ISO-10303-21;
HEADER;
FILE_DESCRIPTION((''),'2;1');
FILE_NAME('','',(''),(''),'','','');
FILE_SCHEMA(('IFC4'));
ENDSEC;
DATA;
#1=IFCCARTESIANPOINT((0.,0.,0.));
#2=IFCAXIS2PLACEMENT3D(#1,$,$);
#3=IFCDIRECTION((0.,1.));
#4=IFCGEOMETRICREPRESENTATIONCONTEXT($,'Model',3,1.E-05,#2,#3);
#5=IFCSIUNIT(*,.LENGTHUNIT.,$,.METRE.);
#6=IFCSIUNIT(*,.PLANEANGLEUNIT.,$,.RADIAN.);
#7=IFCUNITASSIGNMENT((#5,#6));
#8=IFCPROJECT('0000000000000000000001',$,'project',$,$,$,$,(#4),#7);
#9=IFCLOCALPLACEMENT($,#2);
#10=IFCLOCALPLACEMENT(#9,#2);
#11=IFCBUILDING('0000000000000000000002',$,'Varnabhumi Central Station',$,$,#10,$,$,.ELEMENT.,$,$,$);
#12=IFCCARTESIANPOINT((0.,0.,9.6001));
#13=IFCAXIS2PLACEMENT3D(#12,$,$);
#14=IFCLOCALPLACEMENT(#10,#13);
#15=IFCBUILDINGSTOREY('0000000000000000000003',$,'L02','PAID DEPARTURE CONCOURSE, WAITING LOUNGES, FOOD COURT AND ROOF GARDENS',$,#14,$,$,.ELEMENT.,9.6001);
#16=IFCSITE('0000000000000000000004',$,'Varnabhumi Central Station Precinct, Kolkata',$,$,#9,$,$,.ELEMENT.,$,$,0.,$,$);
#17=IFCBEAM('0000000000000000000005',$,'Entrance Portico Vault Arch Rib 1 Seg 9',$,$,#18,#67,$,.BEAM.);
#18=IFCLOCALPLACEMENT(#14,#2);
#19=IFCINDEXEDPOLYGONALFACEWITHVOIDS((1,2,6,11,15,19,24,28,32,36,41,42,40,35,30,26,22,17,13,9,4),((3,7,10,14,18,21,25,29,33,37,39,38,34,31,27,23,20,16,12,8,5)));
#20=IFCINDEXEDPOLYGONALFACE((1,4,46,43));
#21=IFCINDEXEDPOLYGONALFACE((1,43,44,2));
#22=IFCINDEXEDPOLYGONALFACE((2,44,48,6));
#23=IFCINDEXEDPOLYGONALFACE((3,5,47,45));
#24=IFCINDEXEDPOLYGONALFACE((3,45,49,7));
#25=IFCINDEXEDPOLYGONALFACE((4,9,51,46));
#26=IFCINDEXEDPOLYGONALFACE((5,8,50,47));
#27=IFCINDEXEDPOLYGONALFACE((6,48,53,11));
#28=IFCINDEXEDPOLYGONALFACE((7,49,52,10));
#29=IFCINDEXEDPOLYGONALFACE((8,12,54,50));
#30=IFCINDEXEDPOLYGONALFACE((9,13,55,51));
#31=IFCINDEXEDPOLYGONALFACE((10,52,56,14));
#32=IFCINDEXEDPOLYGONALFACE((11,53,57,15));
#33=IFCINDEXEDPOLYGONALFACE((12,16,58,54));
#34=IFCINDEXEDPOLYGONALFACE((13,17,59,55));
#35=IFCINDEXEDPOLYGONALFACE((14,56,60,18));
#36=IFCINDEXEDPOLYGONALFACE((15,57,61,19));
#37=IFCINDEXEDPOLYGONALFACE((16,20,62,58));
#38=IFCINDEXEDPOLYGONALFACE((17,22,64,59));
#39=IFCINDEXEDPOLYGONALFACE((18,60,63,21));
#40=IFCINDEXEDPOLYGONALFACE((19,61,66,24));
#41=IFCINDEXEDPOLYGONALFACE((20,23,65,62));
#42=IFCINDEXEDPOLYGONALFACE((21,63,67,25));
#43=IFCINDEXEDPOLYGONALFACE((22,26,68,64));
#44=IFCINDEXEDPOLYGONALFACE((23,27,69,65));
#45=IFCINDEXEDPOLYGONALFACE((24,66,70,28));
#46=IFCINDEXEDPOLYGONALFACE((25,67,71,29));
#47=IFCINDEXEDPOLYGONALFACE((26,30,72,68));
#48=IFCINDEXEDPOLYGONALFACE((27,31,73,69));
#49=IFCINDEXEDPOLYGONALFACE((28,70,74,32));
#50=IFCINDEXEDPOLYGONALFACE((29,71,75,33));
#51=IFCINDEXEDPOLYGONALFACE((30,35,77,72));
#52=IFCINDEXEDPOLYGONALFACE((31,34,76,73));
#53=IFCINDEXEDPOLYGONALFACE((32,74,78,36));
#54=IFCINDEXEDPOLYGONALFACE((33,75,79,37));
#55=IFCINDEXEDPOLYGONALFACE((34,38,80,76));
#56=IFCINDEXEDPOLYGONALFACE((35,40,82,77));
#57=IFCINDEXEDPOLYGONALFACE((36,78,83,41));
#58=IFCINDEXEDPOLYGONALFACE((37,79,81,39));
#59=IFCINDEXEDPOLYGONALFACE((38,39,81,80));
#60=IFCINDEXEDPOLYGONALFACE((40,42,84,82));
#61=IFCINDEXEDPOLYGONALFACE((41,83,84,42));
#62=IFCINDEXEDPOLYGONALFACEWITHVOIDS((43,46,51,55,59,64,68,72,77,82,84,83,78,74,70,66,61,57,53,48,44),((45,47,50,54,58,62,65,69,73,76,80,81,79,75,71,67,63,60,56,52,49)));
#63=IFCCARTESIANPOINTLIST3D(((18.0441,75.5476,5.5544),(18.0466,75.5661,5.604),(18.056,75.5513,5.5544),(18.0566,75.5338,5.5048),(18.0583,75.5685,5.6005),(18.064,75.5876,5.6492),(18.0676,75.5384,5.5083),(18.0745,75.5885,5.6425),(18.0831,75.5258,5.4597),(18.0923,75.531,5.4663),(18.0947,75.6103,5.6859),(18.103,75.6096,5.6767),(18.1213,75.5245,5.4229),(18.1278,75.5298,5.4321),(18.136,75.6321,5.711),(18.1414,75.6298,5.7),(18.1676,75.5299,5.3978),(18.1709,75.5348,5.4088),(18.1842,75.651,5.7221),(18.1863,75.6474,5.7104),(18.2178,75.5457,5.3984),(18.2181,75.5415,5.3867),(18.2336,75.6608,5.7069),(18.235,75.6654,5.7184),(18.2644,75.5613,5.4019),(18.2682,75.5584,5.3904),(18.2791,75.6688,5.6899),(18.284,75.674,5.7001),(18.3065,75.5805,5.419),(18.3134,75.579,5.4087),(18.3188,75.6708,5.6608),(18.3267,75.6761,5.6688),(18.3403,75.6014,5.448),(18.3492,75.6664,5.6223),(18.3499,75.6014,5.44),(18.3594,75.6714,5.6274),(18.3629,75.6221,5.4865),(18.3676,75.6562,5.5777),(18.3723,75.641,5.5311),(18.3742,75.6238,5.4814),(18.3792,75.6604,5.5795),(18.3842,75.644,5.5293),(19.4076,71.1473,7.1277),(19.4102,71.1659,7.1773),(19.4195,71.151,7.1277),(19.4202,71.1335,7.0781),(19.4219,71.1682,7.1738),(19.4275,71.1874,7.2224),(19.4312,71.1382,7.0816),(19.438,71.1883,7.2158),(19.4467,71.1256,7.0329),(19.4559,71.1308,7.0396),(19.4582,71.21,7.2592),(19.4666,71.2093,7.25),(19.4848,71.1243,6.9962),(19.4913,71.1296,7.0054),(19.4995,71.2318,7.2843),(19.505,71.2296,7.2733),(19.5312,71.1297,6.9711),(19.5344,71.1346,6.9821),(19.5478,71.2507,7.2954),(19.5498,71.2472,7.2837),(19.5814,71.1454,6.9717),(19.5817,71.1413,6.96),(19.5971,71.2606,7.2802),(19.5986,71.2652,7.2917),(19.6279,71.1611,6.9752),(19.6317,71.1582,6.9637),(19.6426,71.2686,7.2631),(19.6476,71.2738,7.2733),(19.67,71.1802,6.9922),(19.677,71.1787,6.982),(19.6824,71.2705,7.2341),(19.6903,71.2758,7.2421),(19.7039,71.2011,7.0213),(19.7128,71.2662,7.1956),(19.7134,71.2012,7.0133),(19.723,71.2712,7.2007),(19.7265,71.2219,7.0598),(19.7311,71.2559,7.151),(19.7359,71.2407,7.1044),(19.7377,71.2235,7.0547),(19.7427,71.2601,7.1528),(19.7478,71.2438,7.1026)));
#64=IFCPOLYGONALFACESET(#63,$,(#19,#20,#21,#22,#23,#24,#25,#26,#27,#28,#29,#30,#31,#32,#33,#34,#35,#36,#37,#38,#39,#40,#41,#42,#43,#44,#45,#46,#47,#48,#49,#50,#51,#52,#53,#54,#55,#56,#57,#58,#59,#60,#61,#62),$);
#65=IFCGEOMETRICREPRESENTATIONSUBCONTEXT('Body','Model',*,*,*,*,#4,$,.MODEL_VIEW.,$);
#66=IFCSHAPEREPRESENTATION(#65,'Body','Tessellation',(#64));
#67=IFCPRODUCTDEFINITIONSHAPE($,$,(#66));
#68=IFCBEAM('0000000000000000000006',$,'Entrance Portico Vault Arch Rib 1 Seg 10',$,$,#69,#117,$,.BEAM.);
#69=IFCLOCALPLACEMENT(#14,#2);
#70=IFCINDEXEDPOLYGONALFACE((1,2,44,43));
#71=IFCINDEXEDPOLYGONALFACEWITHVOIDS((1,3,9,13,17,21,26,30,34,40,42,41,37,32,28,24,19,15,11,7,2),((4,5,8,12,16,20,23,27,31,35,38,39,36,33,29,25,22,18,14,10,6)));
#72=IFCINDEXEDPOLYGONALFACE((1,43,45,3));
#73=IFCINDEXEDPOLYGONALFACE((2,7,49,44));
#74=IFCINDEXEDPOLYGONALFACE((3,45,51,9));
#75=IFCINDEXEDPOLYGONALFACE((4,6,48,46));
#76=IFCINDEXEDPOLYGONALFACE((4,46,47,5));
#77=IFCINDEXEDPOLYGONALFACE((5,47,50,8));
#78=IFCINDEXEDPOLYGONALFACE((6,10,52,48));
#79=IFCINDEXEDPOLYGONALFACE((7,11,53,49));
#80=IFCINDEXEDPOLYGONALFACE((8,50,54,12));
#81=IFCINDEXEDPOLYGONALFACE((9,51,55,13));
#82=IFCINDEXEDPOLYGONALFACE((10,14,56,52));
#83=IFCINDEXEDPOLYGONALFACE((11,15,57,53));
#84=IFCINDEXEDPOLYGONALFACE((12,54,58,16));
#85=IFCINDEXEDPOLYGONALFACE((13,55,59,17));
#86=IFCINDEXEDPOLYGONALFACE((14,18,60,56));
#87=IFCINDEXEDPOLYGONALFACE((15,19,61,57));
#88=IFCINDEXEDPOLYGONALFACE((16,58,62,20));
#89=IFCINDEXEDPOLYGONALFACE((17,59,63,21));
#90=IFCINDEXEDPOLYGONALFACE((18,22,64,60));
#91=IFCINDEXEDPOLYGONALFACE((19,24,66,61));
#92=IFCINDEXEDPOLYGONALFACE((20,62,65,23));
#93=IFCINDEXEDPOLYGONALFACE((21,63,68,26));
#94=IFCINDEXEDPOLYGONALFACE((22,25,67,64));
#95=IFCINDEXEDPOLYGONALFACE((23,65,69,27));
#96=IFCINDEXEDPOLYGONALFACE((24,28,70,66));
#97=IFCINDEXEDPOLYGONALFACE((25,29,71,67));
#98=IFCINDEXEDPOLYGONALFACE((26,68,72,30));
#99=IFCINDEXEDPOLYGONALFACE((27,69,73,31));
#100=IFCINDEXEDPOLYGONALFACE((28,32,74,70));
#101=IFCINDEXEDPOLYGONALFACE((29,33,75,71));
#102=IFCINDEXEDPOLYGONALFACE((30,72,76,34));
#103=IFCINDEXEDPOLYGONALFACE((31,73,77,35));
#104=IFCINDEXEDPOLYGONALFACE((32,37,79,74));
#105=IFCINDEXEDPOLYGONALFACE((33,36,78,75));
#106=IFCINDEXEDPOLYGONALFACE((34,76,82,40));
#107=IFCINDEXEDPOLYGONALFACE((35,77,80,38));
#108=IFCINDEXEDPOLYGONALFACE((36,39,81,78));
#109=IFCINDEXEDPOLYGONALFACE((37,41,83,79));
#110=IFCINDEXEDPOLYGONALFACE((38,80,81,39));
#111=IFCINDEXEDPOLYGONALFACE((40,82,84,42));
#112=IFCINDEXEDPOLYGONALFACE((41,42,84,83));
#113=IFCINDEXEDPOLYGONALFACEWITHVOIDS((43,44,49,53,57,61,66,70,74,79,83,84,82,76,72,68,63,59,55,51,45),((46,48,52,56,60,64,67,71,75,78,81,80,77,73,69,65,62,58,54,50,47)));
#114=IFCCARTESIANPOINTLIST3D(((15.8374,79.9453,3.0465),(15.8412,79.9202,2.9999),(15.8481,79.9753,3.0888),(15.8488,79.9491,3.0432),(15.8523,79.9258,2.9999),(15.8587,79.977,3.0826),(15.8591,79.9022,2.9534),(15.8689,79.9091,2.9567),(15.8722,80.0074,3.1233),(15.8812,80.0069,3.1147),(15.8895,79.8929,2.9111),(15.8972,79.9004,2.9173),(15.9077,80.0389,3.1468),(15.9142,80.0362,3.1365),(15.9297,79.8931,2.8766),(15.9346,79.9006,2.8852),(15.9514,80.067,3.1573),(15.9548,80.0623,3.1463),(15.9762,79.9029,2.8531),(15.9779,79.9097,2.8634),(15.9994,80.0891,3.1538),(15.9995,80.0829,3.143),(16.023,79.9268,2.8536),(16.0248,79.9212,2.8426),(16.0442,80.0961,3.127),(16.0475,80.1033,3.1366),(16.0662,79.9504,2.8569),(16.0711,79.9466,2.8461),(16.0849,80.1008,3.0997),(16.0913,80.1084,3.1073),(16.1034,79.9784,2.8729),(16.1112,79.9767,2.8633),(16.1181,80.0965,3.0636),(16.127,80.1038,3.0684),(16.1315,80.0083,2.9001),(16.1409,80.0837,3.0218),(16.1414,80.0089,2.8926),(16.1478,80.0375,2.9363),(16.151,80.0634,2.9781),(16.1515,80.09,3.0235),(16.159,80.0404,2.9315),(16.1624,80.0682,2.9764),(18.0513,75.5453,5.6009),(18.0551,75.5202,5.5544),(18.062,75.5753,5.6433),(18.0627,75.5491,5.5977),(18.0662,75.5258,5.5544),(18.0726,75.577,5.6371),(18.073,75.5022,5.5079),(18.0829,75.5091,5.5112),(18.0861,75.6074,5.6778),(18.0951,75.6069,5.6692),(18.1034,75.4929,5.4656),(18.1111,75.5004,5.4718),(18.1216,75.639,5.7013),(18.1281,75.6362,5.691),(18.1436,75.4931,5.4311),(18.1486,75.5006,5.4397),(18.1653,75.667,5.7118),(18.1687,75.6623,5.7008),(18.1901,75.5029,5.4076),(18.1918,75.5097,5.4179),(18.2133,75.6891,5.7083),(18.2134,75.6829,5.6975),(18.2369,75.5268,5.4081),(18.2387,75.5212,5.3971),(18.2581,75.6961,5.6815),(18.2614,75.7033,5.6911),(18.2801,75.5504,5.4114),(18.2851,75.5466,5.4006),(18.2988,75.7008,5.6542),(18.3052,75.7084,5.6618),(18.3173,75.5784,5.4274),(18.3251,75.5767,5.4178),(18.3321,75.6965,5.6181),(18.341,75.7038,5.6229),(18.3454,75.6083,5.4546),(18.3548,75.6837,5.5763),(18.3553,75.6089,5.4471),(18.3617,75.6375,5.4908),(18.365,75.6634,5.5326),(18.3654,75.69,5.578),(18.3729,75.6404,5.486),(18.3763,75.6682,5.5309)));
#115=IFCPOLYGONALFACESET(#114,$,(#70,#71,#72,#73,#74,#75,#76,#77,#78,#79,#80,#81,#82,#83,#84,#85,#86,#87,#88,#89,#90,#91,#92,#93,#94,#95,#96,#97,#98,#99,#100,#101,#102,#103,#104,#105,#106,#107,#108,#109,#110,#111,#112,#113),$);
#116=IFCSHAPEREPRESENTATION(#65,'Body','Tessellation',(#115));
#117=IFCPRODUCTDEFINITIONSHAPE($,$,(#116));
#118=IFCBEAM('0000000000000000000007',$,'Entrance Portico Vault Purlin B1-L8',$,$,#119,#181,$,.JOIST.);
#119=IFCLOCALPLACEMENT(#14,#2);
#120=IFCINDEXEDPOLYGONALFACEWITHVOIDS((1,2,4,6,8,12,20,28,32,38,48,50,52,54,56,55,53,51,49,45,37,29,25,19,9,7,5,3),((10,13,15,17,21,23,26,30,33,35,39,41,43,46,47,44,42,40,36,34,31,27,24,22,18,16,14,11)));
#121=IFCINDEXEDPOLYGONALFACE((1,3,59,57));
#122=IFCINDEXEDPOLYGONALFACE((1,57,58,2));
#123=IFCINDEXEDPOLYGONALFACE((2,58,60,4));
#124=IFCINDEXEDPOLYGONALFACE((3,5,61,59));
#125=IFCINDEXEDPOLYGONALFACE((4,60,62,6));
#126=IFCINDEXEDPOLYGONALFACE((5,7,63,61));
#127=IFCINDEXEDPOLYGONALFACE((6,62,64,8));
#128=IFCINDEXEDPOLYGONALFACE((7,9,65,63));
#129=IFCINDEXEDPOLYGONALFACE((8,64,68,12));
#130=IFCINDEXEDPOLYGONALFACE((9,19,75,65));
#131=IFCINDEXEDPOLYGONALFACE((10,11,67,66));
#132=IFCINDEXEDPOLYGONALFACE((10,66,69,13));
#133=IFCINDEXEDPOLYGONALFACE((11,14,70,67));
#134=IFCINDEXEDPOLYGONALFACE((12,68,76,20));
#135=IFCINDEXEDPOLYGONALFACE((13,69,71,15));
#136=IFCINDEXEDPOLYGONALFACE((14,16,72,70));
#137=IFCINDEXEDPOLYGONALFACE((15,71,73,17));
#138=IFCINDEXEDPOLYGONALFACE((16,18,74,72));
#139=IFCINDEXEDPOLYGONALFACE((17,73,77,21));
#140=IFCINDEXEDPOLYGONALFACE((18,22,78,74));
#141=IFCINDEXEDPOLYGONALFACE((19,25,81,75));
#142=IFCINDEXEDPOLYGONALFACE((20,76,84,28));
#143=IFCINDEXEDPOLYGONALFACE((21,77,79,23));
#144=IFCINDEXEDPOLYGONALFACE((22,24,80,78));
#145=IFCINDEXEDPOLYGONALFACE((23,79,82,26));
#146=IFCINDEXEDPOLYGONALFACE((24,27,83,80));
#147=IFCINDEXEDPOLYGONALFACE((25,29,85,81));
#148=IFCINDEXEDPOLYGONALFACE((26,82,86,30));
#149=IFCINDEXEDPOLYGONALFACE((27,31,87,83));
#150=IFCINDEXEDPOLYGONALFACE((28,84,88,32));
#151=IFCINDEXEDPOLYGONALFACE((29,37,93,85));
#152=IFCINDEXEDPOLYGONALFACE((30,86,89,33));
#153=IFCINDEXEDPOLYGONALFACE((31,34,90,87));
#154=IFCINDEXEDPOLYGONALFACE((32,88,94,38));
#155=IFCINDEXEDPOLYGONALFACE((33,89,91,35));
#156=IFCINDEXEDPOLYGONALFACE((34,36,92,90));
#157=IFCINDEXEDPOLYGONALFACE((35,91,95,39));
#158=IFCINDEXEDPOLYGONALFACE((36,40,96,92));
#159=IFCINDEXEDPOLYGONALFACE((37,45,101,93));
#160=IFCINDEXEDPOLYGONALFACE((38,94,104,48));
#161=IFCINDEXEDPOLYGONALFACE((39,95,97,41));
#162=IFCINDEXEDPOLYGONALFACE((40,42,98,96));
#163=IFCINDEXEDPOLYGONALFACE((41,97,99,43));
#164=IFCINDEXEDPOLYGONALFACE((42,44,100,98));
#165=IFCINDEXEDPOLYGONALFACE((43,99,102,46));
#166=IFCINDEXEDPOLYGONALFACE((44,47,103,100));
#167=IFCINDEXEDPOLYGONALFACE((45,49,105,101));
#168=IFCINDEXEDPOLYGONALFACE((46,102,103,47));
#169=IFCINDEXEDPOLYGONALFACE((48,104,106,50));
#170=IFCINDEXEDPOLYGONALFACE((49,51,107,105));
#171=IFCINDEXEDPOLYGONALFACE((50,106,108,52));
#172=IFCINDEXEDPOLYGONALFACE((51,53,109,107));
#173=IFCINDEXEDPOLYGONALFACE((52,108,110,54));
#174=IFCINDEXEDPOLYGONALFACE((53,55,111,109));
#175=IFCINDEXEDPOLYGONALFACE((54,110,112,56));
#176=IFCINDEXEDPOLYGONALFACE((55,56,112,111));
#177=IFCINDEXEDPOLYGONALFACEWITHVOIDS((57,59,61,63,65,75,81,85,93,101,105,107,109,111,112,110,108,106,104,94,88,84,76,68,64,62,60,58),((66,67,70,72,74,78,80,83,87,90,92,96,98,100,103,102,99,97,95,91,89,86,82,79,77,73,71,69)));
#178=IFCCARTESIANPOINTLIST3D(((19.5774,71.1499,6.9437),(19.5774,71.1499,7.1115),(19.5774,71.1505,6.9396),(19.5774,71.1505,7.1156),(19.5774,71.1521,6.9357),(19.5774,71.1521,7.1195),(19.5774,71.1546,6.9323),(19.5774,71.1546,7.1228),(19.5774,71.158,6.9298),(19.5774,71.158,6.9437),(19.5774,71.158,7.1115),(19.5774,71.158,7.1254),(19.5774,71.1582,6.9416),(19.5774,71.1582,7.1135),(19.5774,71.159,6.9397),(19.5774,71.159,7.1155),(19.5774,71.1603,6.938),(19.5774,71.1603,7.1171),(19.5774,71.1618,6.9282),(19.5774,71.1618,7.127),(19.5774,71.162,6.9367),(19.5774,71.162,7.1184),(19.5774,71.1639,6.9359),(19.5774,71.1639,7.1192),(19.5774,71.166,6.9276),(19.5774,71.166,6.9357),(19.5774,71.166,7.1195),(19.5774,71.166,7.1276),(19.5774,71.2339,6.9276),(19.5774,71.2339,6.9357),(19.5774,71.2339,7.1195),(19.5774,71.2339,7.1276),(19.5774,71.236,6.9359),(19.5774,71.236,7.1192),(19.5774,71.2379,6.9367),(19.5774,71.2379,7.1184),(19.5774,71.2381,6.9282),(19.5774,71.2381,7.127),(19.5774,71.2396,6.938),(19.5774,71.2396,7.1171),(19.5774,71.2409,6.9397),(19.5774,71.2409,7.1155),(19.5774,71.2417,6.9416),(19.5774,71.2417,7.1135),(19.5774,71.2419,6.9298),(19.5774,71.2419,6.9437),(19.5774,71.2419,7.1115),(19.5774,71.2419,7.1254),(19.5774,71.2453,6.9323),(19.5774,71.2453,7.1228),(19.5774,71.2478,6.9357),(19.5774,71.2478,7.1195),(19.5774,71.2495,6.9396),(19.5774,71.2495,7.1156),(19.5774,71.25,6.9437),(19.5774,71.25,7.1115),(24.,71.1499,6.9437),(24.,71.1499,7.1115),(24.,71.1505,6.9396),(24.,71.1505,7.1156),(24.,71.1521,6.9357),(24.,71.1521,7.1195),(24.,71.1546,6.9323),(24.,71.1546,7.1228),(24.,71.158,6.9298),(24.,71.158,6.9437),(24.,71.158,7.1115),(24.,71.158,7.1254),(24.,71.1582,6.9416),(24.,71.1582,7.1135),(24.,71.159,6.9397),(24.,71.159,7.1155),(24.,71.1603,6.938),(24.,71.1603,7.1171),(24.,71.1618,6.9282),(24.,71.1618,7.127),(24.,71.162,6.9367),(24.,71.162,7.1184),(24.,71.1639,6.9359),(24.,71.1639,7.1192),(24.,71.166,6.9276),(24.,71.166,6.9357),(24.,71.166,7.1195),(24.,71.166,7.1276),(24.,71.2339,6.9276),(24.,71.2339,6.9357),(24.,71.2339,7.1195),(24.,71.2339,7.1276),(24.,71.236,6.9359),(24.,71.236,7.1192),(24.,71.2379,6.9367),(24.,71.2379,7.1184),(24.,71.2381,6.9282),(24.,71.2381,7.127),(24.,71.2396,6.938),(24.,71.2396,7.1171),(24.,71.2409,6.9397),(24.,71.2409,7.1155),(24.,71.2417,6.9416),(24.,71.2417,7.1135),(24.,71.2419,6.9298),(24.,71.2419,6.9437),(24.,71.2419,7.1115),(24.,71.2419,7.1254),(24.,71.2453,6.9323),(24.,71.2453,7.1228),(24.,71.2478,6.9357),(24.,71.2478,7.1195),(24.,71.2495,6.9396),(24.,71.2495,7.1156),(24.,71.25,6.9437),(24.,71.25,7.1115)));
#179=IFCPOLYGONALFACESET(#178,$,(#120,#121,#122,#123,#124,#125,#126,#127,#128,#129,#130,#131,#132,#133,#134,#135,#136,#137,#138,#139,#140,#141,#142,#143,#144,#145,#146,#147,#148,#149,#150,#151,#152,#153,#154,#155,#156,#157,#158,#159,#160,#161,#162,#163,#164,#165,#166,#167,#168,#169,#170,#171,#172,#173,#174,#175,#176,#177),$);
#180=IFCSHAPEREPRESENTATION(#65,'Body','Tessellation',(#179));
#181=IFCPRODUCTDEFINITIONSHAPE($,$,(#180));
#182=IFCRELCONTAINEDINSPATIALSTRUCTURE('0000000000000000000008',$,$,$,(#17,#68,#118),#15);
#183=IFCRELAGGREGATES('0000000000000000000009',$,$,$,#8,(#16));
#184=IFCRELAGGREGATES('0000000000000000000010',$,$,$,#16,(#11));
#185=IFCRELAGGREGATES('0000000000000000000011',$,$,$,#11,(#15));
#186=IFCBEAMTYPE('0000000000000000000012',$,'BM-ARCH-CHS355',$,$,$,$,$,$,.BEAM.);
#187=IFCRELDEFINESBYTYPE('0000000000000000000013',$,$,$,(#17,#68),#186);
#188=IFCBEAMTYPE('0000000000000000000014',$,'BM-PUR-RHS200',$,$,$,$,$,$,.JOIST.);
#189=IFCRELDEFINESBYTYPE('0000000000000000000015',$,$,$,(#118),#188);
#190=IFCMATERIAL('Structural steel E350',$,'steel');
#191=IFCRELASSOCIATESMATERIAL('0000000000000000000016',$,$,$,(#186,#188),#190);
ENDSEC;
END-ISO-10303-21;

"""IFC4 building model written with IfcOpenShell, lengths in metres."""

from ifc_helpers import new_model, si_unit, direction, frame, origin, origin_2d, place, context, subcontext, project, spatial, hollow_rectangle, hollow_circle, extrude, material, material_profile, profile_set, type_object, element, save


model = new_model("IFC4")

# Units and contexts
model_context = context("Model", 3, precision=1e-05, world=origin(), true_north=direction((0.0, 1.0)))
body_context = subcontext(model_context, "Body", "Model", "MODEL_VIEW")
ifc_project = project(units=[si_unit("LENGTHUNIT", "METRE"), si_unit("PLANEANGLEUNIT", "RADIAN")], contexts=[model_context])

# Site, building, storey
site_placement = place(None, origin())
site = spatial("IfcSite", under=ifc_project, at=site_placement, Name="Varnabhumi Central Station Precinct, Kolkata", CompositionType="ELEMENT", RefElevation=0.0)
building_placement = place(site_placement, origin())
building = spatial("IfcBuilding", under=site, at=building_placement, Name="Varnabhumi Central Station", CompositionType="ELEMENT")
storey_placement = place(building_placement, frame((0.0, 0.0, 9.6001)))
storey = spatial("IfcBuildingStorey", under=building, at=storey_placement, Name="L02", Description="PAID DEPARTURE CONCOURSE, WAITING LOUNGES, FOOD COURT AND ROOF GARDENS", CompositionType="ELEMENT", Elevation=9.6001)

# Beams
ifc_material_1 = material(Name="Structural steel E350", Category="steel")
ifc_material_profile_1 = material_profile(ifc_material_1, hollow_circle(Radius=0.1777, WallThickness=0.0125, at=origin_2d()), Name="Structural steel E350", Category="steel")
ifc_profile_set_1 = profile_set([ifc_material_profile_1], Name="Structural steel E350")
beam_type_1 = type_object("IfcBeamType", Name="BM-ARCH-CHS355", PredefinedType="BEAM", material=ifc_profile_set_1)
beam_1_placement = place(storey_placement, frame((19.5774, 71.2, 7.1277), z_axis=(-0.280111, 0.903927, -0.323193), x_axis=(-0.955189, -0.295996, 0.0)))
element("IfcBeam", 1, at=beam_1_placement, inside=storey, type_object=beam_type_1, Name="Entrance Portico Vault Arch Rib 1 Seg 9", PredefinedType="BEAM", context=body_context, shape_type="SweptSolid", body=[
    extrude(hollow_circle(Radius=0.1777, WallThickness=0.0125, at=origin_2d()), origin(), (0.0, 0.0, 1.0), 4.8679),
])
beam_2_placement = place(storey_placement, frame((18.2139, 75.6001, 5.5544), z_axis=(-0.399005, 0.792994, -0.460387), x_axis=(-0.893294, -0.449472, 0.0)))
element("IfcBeam", 2, at=beam_2_placement, inside=storey, type_object=beam_type_1, Name="Entrance Portico Vault Arch Rib 1 Seg 10", PredefinedType="BEAM", context=body_context, shape_type="SweptSolid", body=[
    extrude(hollow_circle(Radius=0.1777, WallThickness=0.0125, at=origin_2d()), origin(), (0.0, 0.0, 1.0), 5.5486),
])
ifc_material_profile_2 = material_profile(ifc_material_1, hollow_rectangle(XDim=0.1001, YDim=0.2, WallThickness=0.0081, InnerFilletRadius=0.0081, OuterFilletRadius=0.0161, at=origin_2d()), Name="Structural steel E350", Category="steel")
ifc_profile_set_2 = profile_set([ifc_material_profile_2], Name="Structural steel E350")
beam_type_2 = type_object("IfcBeamType", Name="BM-PUR-RHS200", PredefinedType="JOIST", material=ifc_profile_set_2)
beam_3_placement = place(storey_placement, frame((19.5774, 71.2, 7.0276), z_axis=(1.0, 0.0, 0.0), x_axis=(0.0, 1.0, 0.0)))
element("IfcBeam", 3, at=beam_3_placement, inside=storey, type_object=beam_type_2, Name="Entrance Portico Vault Purlin B1-L8", PredefinedType="JOIST", context=body_context, shape_type="SweptSolid", body=[
    extrude(hollow_rectangle(XDim=0.1001, YDim=0.2, WallThickness=0.0081, InnerFilletRadius=0.0081, OuterFilletRadius=0.0161, at=origin_2d()), origin(), (0.0, 0.0, 1.0), 4.4226),
])

save(model, "model.ifc")
